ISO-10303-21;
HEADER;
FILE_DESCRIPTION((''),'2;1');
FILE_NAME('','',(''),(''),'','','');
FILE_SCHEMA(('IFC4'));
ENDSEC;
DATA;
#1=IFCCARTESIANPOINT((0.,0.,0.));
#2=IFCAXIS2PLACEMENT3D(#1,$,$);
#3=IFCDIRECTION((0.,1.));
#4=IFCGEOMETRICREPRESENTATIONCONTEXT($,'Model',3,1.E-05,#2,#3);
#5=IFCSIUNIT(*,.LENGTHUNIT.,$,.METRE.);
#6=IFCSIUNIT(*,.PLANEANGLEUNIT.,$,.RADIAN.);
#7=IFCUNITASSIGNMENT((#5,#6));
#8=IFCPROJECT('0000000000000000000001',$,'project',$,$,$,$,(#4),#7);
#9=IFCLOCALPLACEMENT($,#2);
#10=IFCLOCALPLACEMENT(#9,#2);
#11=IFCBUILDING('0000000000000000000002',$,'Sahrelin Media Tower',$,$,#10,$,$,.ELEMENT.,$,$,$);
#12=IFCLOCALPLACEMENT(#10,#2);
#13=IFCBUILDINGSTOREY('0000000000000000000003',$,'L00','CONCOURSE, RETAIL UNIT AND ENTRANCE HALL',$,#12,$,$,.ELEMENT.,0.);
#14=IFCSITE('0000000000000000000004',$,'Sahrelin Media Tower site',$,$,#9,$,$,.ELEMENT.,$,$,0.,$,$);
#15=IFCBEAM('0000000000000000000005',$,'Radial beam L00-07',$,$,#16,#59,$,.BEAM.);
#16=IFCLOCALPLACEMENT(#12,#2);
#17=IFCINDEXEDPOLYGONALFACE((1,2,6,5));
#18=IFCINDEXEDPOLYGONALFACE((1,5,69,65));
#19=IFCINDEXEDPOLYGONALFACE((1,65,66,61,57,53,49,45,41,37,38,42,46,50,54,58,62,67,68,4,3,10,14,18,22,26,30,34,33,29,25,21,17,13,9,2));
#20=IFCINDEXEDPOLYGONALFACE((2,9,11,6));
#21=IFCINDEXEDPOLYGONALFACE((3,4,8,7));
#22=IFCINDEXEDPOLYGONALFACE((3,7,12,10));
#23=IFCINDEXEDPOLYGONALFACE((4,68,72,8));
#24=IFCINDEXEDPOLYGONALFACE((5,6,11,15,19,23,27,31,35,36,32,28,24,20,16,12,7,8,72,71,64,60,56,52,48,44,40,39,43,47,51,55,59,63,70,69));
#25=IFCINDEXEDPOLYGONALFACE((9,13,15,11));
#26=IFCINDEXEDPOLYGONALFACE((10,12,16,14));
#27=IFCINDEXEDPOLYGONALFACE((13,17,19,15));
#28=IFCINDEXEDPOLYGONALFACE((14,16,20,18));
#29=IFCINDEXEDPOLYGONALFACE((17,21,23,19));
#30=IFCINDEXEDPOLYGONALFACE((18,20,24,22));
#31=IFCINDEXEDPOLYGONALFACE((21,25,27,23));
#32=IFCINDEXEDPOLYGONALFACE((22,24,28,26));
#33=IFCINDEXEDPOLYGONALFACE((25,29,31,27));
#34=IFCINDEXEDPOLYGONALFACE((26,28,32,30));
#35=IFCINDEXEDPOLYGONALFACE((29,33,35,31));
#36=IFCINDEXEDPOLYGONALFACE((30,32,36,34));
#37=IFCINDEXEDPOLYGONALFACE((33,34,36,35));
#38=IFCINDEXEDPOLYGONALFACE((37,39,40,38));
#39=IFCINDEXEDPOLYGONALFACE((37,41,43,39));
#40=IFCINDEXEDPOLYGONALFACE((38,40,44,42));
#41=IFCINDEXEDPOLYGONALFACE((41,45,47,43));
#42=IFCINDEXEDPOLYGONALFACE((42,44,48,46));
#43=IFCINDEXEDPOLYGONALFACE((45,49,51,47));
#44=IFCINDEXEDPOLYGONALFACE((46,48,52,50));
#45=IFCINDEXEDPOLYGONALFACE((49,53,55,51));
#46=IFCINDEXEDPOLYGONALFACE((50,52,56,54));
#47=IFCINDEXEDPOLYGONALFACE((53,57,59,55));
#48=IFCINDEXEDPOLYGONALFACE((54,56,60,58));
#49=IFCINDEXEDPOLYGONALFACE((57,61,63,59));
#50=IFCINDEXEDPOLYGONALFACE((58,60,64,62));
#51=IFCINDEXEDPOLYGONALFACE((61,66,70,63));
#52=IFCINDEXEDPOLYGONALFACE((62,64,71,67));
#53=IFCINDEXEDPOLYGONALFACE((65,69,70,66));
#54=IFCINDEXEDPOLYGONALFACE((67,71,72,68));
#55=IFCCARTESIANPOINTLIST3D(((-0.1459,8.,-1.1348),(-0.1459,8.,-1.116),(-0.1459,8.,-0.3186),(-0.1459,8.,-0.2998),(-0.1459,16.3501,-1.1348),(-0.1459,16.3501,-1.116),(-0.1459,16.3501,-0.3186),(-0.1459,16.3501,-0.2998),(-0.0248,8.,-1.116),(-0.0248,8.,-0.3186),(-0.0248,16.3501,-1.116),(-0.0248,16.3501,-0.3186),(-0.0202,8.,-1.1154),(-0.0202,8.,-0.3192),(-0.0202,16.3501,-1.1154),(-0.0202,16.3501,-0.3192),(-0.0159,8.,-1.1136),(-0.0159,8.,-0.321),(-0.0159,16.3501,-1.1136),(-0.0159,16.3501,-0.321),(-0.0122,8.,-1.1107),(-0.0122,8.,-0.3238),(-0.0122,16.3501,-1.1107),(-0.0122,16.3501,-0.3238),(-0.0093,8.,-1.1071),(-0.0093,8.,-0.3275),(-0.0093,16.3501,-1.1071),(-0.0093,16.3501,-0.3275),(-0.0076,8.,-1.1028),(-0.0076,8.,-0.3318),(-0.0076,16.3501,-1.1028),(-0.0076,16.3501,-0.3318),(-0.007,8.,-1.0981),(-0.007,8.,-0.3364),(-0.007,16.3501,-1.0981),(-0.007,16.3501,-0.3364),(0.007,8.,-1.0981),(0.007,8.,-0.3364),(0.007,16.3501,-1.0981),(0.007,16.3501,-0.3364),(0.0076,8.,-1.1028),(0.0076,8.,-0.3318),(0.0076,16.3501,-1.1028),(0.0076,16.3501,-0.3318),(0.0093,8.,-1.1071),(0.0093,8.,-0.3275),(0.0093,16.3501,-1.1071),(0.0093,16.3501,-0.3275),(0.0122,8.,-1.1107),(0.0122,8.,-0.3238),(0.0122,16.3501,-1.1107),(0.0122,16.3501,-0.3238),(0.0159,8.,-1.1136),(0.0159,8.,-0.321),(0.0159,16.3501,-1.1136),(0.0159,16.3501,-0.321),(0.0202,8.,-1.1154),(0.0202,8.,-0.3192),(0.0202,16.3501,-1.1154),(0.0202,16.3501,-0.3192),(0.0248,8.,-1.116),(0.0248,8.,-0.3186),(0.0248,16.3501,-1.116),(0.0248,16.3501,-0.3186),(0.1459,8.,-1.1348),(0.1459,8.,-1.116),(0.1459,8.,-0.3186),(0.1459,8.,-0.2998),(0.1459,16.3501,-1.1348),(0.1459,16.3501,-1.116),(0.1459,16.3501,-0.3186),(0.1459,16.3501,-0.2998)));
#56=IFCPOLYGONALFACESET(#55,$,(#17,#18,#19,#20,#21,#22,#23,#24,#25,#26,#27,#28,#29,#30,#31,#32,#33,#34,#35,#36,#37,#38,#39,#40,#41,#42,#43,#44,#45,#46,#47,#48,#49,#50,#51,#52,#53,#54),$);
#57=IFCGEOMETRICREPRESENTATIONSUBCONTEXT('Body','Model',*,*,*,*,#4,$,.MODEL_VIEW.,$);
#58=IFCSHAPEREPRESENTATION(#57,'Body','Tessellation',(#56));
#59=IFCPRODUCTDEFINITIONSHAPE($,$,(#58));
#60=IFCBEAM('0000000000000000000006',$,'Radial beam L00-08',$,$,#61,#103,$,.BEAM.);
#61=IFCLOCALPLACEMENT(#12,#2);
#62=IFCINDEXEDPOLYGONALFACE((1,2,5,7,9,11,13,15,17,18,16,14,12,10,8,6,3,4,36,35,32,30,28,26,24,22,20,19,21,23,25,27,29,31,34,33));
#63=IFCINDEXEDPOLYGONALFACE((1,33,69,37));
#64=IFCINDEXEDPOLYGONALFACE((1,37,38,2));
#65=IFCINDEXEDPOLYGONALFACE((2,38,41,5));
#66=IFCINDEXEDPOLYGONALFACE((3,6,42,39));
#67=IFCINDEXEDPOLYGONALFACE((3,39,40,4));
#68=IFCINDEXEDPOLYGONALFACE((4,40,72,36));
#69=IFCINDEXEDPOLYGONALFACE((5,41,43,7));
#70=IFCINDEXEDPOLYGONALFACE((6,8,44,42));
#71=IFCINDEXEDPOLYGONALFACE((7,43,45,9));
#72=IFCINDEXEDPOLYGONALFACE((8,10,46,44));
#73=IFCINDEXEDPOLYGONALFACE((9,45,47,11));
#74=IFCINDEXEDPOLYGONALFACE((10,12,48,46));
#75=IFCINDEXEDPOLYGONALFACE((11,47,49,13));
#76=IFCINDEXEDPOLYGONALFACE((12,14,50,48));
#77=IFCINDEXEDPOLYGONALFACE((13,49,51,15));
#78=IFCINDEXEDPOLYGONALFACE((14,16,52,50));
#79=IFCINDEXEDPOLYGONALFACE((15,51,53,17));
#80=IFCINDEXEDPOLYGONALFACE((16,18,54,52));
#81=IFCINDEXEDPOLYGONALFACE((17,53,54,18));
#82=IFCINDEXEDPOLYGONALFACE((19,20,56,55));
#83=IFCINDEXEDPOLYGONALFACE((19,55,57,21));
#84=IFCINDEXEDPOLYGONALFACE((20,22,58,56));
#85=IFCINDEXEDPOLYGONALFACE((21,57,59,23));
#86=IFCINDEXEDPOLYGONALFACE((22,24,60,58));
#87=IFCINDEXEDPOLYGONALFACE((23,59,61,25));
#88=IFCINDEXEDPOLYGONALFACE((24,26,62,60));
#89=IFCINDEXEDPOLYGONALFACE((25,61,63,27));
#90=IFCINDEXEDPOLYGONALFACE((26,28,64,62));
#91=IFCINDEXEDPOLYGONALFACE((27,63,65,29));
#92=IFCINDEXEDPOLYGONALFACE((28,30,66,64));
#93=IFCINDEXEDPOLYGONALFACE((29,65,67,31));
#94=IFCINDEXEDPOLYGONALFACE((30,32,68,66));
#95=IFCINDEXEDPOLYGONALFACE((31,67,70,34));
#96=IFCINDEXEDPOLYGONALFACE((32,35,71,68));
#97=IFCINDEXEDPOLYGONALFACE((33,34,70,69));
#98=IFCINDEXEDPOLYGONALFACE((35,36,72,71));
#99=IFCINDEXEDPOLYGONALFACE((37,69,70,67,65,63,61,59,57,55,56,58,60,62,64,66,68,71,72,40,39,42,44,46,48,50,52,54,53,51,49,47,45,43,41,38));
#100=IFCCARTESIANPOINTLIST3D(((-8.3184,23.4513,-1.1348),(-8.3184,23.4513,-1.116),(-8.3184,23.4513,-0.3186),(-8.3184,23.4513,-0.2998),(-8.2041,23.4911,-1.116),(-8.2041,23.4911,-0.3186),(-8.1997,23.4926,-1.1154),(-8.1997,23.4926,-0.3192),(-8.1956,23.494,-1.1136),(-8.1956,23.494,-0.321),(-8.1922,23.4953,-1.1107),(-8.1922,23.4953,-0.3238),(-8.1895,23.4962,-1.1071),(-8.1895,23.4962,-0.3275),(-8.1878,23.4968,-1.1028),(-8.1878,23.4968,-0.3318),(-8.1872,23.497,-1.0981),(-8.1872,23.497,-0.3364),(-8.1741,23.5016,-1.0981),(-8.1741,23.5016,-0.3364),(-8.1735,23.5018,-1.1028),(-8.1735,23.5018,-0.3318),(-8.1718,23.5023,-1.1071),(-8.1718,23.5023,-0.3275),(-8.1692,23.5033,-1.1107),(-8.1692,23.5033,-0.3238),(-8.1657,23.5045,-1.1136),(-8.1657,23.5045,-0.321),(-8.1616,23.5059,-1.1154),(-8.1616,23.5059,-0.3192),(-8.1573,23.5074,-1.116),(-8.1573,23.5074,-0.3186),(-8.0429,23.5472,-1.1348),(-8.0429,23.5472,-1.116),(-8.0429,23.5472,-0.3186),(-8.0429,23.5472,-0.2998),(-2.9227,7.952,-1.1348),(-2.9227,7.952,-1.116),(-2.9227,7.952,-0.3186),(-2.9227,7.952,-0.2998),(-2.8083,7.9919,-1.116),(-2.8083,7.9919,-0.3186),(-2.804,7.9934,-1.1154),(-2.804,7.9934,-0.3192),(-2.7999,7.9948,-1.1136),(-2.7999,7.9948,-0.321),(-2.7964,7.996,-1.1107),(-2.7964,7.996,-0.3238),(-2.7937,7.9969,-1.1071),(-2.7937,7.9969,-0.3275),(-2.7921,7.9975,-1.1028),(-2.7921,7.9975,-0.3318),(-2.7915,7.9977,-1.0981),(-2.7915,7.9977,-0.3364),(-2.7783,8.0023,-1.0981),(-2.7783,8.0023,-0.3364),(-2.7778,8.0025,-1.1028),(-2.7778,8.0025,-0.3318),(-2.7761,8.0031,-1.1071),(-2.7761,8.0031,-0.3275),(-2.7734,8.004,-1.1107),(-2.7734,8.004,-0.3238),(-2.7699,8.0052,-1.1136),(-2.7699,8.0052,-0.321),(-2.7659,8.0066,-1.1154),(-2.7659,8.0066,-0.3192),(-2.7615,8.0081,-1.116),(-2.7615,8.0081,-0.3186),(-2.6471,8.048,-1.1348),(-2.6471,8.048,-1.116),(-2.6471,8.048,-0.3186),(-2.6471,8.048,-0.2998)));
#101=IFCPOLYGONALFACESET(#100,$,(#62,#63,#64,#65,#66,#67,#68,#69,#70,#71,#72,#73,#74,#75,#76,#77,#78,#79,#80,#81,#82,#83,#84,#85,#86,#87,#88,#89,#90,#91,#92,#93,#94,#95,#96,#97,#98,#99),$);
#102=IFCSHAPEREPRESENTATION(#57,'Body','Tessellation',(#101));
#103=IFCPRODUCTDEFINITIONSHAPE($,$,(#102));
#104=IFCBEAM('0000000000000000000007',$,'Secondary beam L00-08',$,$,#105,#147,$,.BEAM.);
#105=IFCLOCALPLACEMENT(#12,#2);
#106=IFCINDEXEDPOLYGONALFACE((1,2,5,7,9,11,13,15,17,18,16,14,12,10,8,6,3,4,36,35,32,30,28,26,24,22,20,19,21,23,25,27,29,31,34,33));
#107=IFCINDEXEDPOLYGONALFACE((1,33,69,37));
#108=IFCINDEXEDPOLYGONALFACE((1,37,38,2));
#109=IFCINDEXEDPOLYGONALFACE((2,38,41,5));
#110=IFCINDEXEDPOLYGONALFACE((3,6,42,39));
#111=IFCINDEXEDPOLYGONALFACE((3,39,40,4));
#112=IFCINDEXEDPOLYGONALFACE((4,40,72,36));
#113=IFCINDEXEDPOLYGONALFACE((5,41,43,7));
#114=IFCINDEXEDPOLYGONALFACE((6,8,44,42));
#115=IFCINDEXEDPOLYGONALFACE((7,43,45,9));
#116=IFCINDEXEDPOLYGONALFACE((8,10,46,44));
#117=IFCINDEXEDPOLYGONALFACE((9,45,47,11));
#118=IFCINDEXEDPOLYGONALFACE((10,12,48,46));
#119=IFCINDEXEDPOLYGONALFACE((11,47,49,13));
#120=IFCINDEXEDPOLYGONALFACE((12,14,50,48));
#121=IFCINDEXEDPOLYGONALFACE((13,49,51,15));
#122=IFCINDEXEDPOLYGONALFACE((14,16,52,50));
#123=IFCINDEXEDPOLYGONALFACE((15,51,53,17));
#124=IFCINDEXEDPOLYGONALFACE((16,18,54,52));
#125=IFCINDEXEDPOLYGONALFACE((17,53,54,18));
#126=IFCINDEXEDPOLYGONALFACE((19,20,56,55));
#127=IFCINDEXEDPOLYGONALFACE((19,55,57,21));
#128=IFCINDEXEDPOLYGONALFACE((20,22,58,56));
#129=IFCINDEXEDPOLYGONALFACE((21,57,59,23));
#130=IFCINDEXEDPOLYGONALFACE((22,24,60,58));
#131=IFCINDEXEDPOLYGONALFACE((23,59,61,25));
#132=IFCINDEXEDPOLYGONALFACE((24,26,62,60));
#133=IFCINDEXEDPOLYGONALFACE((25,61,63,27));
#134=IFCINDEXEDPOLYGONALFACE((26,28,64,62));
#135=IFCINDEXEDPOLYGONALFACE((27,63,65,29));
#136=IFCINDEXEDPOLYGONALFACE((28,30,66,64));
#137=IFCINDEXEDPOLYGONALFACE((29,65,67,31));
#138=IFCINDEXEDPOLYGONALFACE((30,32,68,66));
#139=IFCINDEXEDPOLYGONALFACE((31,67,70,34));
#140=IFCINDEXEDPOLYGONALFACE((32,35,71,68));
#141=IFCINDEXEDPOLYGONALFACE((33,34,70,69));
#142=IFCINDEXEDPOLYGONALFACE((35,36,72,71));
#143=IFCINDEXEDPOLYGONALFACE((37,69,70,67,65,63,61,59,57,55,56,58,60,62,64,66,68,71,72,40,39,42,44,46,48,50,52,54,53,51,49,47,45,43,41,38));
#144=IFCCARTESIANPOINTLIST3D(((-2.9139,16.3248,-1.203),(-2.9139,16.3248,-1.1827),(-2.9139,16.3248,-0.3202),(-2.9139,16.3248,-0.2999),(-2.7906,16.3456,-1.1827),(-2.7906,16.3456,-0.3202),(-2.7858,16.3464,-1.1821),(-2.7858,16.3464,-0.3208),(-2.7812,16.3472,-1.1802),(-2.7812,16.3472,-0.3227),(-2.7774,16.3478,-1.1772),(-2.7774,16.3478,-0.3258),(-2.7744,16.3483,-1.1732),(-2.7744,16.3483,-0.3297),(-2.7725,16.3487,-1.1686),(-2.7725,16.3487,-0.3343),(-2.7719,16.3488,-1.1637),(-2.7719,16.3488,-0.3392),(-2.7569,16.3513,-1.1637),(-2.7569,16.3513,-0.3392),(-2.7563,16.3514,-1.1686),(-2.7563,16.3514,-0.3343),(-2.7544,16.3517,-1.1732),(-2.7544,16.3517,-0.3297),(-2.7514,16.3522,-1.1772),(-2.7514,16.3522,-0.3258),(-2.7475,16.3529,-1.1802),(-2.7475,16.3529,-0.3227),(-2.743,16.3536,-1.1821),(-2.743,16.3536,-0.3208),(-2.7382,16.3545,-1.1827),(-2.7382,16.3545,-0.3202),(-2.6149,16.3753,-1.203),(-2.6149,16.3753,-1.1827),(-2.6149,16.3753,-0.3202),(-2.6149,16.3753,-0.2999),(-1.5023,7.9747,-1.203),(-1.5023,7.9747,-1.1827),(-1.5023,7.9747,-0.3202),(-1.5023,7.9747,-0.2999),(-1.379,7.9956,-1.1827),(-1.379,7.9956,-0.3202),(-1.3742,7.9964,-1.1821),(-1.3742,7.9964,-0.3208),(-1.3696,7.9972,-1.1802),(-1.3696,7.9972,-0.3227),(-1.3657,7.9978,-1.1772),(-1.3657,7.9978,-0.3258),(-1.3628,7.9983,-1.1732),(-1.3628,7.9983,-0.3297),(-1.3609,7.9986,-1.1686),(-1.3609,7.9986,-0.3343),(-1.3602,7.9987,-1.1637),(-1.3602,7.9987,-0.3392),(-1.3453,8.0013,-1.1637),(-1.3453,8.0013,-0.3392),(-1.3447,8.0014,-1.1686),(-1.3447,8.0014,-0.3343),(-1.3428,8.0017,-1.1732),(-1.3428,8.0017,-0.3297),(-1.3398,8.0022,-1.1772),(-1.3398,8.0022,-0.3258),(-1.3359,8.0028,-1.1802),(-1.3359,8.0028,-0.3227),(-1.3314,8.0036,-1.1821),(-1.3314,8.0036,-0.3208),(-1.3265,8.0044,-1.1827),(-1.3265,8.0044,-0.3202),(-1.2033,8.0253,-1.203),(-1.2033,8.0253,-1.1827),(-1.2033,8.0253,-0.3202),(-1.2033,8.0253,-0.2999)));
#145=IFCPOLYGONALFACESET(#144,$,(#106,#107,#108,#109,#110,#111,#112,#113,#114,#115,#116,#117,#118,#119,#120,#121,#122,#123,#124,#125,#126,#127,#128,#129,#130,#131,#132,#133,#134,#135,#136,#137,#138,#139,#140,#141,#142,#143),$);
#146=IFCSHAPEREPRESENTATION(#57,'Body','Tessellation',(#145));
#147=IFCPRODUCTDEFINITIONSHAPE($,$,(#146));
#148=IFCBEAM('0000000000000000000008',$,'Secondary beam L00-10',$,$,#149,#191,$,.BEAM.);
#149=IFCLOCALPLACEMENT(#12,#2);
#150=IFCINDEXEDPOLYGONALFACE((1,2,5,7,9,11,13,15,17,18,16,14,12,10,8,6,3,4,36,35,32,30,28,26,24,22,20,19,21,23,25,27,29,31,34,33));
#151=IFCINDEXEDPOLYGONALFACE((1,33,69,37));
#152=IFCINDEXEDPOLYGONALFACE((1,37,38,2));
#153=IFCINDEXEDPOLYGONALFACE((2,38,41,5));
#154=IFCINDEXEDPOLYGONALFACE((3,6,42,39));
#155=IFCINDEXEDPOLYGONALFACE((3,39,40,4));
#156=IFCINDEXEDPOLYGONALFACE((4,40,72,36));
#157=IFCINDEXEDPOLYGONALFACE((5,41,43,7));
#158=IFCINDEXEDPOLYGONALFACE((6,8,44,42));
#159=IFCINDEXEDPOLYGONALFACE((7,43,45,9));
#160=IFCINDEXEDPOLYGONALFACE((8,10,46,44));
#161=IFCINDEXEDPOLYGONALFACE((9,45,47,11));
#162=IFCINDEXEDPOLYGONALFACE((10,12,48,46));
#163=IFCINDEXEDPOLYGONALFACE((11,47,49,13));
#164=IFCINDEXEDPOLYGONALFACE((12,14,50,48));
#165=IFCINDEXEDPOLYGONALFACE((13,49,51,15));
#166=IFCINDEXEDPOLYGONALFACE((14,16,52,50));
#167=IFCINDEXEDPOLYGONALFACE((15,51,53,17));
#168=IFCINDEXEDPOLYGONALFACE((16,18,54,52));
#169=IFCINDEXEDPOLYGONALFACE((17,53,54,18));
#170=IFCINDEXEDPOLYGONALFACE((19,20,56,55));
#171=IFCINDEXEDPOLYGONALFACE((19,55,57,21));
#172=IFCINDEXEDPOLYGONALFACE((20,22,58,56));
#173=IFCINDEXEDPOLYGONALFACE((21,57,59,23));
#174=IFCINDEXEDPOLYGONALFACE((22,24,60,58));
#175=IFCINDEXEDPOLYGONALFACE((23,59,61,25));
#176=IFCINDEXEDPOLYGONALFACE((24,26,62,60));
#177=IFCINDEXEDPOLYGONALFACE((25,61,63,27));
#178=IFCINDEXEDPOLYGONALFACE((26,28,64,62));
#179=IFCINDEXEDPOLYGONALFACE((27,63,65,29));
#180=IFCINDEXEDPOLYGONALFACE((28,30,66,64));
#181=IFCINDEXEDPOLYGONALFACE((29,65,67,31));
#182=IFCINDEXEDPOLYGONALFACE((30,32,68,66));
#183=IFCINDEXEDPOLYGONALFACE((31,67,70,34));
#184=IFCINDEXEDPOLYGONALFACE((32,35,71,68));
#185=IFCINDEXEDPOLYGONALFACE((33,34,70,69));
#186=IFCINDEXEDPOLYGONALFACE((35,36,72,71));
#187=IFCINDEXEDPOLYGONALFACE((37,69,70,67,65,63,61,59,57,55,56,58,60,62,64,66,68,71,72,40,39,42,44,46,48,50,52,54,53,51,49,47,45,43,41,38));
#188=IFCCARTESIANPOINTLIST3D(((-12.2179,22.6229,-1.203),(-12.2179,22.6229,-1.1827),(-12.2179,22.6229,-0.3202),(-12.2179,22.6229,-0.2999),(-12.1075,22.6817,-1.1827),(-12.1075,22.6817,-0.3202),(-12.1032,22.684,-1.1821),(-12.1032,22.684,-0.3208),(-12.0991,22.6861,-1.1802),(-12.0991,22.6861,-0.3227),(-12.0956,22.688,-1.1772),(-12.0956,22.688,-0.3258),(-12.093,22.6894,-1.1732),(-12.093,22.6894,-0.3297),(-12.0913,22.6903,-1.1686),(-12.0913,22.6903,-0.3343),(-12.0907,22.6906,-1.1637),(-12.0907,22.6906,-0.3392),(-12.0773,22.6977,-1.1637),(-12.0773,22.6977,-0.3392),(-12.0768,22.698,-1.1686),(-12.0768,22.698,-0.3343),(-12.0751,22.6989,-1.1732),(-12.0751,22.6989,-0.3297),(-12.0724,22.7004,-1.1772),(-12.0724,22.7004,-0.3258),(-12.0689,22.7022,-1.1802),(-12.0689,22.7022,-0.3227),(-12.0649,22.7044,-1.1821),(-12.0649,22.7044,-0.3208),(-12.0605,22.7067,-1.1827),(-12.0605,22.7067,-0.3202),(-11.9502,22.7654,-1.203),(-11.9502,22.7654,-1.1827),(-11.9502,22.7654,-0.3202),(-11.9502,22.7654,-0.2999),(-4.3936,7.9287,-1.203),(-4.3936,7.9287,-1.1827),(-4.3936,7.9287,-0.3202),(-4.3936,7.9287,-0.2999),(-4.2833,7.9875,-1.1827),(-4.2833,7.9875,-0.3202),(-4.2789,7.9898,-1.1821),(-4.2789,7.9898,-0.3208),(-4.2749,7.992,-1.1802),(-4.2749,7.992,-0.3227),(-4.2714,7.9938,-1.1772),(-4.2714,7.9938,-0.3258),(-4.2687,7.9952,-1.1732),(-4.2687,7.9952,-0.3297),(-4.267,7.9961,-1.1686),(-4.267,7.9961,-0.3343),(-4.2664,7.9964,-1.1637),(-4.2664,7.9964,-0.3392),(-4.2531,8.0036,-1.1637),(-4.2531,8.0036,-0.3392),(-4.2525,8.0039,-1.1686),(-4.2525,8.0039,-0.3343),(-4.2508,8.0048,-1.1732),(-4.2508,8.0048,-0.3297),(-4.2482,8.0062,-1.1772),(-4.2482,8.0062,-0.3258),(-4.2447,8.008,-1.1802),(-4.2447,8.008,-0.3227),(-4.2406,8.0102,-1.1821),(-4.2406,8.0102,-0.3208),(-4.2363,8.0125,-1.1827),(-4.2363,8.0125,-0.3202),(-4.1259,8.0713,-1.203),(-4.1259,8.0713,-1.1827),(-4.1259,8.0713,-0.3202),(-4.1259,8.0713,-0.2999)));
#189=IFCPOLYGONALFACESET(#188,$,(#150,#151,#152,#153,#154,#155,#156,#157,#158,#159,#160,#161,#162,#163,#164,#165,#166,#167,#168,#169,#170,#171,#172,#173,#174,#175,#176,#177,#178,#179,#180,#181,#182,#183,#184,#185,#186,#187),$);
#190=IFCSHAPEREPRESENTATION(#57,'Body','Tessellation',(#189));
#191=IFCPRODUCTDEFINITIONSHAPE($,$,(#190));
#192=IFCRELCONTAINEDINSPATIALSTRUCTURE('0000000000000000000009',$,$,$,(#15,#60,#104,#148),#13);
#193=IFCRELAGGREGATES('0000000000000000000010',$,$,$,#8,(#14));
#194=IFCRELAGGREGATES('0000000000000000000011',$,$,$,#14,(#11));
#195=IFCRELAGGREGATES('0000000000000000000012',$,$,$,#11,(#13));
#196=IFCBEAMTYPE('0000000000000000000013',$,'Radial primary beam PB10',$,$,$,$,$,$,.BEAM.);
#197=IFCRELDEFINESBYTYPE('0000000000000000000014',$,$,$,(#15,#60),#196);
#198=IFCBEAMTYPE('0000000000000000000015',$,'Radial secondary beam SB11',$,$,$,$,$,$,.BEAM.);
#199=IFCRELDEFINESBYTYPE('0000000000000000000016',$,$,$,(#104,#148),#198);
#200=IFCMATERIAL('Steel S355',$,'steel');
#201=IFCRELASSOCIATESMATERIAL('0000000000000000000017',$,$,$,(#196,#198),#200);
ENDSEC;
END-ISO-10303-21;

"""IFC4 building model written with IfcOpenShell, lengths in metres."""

from ifc_helpers import new_model, si_unit, direction, frame, origin, origin_2d, place, context, subcontext, project, spatial, i_section, extrude, material, material_profile, profile_set, type_object, element, save


model = new_model("IFC4")

# Units and contexts
model_context = context("Model", 3, precision=1e-05, world=origin(), true_north=direction((0.0, 1.0)))
body_context = subcontext(model_context, "Body", "Model", "MODEL_VIEW")
ifc_project = project(units=[si_unit("LENGTHUNIT", "METRE"), si_unit("PLANEANGLEUNIT", "RADIAN")], contexts=[model_context])

# Site, building, storey
site_placement = place(None, origin())
site = spatial("IfcSite", under=ifc_project, at=site_placement, Name="Sahrelin Media Tower site", CompositionType="ELEMENT", RefElevation=0.0)
building_placement = place(site_placement, origin())
building = spatial("IfcBuilding", under=site, at=building_placement, Name="Sahrelin Media Tower", CompositionType="ELEMENT")
storey_placement = place(building_placement, origin())
storey = spatial("IfcBuildingStorey", under=building, at=storey_placement, Name="L00", Description="CONCOURSE, RETAIL UNIT AND ENTRANCE HALL", CompositionType="ELEMENT", Elevation=0.0)

# Beams
ifc_material_1 = material(Name="Steel S355", Category="steel")
ifc_material_profile_1 = material_profile(ifc_material_1, i_section(OverallWidth=0.2917, OverallDepth=0.835, WebThickness=0.0139, FlangeThickness=0.0188, FilletRadius=0.0178, at=origin_2d()), Name="UB 838x292x176")
ifc_profile_set_1 = profile_set([ifc_material_profile_1], Name="Steel S355")
beam_type_1 = type_object("IfcBeamType", Name="Radial primary beam PB10", PredefinedType="BEAM", material=ifc_profile_set_1)
beam_1_placement = place(storey_placement, frame((0.0, 8.0, -0.7173), z_axis=(0.0, 1.0, 0.0), x_axis=(-1.0, 0.0, 0.0)))
element("IfcBeam", 1, at=beam_1_placement, inside=storey, type_object=beam_type_1, Name="Radial beam L00-07", PredefinedType="BEAM", context=body_context, shape_type="SweptSolid", body=[
    extrude(i_section(OverallWidth=0.2917, OverallDepth=0.835, WebThickness=0.0139, FlangeThickness=0.0188, FilletRadius=0.0178, at=origin_2d()), origin(), (0.0, 0.0, 1.0), 8.3501),
])
beam_2_placement = place(storey_placement, frame((-2.7849, 8.0, -0.7173), z_axis=(-0.328776, 0.944408, 0.0), x_axis=(-0.944408, -0.328776, 0.0)))
element("IfcBeam", 2, at=beam_2_placement, inside=storey, type_object=beam_type_1, Name="Radial beam L00-08", PredefinedType="BEAM", context=body_context, shape_type="SweptSolid", body=[
    extrude(i_section(OverallWidth=0.2917, OverallDepth=0.835, WebThickness=0.0139, FlangeThickness=0.0188, FilletRadius=0.0178, at=origin_2d()), origin(), (0.0, 0.0, 1.0), 16.4116),
])
ifc_material_profile_2 = material_profile(ifc_material_1, i_section(OverallWidth=0.3032, OverallDepth=0.9031, WebThickness=0.0151, FlangeThickness=0.0203, FilletRadius=0.019, at=origin_2d()), Name="UB 914x305x201")
ifc_profile_set_2 = profile_set([ifc_material_profile_2], Name="Steel S355")
beam_type_2 = type_object("IfcBeamType", Name="Radial secondary beam SB11", PredefinedType="BEAM", material=ifc_profile_set_2)
beam_3_placement = place(storey_placement, frame((-1.3528, 8.0, -0.7515), z_axis=(-0.166689, 0.986009, 0.0), x_axis=(-0.986009, -0.166689, 0.0)))
element("IfcBeam", 3, at=beam_3_placement, inside=storey, type_object=beam_type_2, Name="Secondary beam L00-08", PredefinedType="BEAM", context=body_context, shape_type="SweptSolid", body=[
    extrude(i_section(OverallWidth=0.3032, OverallDepth=0.9031, WebThickness=0.0151, FlangeThickness=0.0203, FilletRadius=0.019, at=origin_2d()), origin(), (0.0, 0.0, 1.0), 8.4685),
])
beam_4_placement = place(storey_placement, frame((-4.2598, 8.0, -0.7515), z_axis=(-0.469997, 0.882668, 0.0), x_axis=(-0.882668, -0.469997, 0.0)))
element("IfcBeam", 4, at=beam_4_placement, inside=storey, type_object=beam_type_2, Name="Secondary beam L00-10", PredefinedType="BEAM", context=body_context, shape_type="SweptSolid", body=[
    extrude(i_section(OverallWidth=0.3032, OverallDepth=0.9031, WebThickness=0.0151, FlangeThickness=0.0203, FilletRadius=0.019, at=origin_2d()), origin(), (0.0, 0.0, 1.0), 16.6475),
])

save(model, "model.ifc")
